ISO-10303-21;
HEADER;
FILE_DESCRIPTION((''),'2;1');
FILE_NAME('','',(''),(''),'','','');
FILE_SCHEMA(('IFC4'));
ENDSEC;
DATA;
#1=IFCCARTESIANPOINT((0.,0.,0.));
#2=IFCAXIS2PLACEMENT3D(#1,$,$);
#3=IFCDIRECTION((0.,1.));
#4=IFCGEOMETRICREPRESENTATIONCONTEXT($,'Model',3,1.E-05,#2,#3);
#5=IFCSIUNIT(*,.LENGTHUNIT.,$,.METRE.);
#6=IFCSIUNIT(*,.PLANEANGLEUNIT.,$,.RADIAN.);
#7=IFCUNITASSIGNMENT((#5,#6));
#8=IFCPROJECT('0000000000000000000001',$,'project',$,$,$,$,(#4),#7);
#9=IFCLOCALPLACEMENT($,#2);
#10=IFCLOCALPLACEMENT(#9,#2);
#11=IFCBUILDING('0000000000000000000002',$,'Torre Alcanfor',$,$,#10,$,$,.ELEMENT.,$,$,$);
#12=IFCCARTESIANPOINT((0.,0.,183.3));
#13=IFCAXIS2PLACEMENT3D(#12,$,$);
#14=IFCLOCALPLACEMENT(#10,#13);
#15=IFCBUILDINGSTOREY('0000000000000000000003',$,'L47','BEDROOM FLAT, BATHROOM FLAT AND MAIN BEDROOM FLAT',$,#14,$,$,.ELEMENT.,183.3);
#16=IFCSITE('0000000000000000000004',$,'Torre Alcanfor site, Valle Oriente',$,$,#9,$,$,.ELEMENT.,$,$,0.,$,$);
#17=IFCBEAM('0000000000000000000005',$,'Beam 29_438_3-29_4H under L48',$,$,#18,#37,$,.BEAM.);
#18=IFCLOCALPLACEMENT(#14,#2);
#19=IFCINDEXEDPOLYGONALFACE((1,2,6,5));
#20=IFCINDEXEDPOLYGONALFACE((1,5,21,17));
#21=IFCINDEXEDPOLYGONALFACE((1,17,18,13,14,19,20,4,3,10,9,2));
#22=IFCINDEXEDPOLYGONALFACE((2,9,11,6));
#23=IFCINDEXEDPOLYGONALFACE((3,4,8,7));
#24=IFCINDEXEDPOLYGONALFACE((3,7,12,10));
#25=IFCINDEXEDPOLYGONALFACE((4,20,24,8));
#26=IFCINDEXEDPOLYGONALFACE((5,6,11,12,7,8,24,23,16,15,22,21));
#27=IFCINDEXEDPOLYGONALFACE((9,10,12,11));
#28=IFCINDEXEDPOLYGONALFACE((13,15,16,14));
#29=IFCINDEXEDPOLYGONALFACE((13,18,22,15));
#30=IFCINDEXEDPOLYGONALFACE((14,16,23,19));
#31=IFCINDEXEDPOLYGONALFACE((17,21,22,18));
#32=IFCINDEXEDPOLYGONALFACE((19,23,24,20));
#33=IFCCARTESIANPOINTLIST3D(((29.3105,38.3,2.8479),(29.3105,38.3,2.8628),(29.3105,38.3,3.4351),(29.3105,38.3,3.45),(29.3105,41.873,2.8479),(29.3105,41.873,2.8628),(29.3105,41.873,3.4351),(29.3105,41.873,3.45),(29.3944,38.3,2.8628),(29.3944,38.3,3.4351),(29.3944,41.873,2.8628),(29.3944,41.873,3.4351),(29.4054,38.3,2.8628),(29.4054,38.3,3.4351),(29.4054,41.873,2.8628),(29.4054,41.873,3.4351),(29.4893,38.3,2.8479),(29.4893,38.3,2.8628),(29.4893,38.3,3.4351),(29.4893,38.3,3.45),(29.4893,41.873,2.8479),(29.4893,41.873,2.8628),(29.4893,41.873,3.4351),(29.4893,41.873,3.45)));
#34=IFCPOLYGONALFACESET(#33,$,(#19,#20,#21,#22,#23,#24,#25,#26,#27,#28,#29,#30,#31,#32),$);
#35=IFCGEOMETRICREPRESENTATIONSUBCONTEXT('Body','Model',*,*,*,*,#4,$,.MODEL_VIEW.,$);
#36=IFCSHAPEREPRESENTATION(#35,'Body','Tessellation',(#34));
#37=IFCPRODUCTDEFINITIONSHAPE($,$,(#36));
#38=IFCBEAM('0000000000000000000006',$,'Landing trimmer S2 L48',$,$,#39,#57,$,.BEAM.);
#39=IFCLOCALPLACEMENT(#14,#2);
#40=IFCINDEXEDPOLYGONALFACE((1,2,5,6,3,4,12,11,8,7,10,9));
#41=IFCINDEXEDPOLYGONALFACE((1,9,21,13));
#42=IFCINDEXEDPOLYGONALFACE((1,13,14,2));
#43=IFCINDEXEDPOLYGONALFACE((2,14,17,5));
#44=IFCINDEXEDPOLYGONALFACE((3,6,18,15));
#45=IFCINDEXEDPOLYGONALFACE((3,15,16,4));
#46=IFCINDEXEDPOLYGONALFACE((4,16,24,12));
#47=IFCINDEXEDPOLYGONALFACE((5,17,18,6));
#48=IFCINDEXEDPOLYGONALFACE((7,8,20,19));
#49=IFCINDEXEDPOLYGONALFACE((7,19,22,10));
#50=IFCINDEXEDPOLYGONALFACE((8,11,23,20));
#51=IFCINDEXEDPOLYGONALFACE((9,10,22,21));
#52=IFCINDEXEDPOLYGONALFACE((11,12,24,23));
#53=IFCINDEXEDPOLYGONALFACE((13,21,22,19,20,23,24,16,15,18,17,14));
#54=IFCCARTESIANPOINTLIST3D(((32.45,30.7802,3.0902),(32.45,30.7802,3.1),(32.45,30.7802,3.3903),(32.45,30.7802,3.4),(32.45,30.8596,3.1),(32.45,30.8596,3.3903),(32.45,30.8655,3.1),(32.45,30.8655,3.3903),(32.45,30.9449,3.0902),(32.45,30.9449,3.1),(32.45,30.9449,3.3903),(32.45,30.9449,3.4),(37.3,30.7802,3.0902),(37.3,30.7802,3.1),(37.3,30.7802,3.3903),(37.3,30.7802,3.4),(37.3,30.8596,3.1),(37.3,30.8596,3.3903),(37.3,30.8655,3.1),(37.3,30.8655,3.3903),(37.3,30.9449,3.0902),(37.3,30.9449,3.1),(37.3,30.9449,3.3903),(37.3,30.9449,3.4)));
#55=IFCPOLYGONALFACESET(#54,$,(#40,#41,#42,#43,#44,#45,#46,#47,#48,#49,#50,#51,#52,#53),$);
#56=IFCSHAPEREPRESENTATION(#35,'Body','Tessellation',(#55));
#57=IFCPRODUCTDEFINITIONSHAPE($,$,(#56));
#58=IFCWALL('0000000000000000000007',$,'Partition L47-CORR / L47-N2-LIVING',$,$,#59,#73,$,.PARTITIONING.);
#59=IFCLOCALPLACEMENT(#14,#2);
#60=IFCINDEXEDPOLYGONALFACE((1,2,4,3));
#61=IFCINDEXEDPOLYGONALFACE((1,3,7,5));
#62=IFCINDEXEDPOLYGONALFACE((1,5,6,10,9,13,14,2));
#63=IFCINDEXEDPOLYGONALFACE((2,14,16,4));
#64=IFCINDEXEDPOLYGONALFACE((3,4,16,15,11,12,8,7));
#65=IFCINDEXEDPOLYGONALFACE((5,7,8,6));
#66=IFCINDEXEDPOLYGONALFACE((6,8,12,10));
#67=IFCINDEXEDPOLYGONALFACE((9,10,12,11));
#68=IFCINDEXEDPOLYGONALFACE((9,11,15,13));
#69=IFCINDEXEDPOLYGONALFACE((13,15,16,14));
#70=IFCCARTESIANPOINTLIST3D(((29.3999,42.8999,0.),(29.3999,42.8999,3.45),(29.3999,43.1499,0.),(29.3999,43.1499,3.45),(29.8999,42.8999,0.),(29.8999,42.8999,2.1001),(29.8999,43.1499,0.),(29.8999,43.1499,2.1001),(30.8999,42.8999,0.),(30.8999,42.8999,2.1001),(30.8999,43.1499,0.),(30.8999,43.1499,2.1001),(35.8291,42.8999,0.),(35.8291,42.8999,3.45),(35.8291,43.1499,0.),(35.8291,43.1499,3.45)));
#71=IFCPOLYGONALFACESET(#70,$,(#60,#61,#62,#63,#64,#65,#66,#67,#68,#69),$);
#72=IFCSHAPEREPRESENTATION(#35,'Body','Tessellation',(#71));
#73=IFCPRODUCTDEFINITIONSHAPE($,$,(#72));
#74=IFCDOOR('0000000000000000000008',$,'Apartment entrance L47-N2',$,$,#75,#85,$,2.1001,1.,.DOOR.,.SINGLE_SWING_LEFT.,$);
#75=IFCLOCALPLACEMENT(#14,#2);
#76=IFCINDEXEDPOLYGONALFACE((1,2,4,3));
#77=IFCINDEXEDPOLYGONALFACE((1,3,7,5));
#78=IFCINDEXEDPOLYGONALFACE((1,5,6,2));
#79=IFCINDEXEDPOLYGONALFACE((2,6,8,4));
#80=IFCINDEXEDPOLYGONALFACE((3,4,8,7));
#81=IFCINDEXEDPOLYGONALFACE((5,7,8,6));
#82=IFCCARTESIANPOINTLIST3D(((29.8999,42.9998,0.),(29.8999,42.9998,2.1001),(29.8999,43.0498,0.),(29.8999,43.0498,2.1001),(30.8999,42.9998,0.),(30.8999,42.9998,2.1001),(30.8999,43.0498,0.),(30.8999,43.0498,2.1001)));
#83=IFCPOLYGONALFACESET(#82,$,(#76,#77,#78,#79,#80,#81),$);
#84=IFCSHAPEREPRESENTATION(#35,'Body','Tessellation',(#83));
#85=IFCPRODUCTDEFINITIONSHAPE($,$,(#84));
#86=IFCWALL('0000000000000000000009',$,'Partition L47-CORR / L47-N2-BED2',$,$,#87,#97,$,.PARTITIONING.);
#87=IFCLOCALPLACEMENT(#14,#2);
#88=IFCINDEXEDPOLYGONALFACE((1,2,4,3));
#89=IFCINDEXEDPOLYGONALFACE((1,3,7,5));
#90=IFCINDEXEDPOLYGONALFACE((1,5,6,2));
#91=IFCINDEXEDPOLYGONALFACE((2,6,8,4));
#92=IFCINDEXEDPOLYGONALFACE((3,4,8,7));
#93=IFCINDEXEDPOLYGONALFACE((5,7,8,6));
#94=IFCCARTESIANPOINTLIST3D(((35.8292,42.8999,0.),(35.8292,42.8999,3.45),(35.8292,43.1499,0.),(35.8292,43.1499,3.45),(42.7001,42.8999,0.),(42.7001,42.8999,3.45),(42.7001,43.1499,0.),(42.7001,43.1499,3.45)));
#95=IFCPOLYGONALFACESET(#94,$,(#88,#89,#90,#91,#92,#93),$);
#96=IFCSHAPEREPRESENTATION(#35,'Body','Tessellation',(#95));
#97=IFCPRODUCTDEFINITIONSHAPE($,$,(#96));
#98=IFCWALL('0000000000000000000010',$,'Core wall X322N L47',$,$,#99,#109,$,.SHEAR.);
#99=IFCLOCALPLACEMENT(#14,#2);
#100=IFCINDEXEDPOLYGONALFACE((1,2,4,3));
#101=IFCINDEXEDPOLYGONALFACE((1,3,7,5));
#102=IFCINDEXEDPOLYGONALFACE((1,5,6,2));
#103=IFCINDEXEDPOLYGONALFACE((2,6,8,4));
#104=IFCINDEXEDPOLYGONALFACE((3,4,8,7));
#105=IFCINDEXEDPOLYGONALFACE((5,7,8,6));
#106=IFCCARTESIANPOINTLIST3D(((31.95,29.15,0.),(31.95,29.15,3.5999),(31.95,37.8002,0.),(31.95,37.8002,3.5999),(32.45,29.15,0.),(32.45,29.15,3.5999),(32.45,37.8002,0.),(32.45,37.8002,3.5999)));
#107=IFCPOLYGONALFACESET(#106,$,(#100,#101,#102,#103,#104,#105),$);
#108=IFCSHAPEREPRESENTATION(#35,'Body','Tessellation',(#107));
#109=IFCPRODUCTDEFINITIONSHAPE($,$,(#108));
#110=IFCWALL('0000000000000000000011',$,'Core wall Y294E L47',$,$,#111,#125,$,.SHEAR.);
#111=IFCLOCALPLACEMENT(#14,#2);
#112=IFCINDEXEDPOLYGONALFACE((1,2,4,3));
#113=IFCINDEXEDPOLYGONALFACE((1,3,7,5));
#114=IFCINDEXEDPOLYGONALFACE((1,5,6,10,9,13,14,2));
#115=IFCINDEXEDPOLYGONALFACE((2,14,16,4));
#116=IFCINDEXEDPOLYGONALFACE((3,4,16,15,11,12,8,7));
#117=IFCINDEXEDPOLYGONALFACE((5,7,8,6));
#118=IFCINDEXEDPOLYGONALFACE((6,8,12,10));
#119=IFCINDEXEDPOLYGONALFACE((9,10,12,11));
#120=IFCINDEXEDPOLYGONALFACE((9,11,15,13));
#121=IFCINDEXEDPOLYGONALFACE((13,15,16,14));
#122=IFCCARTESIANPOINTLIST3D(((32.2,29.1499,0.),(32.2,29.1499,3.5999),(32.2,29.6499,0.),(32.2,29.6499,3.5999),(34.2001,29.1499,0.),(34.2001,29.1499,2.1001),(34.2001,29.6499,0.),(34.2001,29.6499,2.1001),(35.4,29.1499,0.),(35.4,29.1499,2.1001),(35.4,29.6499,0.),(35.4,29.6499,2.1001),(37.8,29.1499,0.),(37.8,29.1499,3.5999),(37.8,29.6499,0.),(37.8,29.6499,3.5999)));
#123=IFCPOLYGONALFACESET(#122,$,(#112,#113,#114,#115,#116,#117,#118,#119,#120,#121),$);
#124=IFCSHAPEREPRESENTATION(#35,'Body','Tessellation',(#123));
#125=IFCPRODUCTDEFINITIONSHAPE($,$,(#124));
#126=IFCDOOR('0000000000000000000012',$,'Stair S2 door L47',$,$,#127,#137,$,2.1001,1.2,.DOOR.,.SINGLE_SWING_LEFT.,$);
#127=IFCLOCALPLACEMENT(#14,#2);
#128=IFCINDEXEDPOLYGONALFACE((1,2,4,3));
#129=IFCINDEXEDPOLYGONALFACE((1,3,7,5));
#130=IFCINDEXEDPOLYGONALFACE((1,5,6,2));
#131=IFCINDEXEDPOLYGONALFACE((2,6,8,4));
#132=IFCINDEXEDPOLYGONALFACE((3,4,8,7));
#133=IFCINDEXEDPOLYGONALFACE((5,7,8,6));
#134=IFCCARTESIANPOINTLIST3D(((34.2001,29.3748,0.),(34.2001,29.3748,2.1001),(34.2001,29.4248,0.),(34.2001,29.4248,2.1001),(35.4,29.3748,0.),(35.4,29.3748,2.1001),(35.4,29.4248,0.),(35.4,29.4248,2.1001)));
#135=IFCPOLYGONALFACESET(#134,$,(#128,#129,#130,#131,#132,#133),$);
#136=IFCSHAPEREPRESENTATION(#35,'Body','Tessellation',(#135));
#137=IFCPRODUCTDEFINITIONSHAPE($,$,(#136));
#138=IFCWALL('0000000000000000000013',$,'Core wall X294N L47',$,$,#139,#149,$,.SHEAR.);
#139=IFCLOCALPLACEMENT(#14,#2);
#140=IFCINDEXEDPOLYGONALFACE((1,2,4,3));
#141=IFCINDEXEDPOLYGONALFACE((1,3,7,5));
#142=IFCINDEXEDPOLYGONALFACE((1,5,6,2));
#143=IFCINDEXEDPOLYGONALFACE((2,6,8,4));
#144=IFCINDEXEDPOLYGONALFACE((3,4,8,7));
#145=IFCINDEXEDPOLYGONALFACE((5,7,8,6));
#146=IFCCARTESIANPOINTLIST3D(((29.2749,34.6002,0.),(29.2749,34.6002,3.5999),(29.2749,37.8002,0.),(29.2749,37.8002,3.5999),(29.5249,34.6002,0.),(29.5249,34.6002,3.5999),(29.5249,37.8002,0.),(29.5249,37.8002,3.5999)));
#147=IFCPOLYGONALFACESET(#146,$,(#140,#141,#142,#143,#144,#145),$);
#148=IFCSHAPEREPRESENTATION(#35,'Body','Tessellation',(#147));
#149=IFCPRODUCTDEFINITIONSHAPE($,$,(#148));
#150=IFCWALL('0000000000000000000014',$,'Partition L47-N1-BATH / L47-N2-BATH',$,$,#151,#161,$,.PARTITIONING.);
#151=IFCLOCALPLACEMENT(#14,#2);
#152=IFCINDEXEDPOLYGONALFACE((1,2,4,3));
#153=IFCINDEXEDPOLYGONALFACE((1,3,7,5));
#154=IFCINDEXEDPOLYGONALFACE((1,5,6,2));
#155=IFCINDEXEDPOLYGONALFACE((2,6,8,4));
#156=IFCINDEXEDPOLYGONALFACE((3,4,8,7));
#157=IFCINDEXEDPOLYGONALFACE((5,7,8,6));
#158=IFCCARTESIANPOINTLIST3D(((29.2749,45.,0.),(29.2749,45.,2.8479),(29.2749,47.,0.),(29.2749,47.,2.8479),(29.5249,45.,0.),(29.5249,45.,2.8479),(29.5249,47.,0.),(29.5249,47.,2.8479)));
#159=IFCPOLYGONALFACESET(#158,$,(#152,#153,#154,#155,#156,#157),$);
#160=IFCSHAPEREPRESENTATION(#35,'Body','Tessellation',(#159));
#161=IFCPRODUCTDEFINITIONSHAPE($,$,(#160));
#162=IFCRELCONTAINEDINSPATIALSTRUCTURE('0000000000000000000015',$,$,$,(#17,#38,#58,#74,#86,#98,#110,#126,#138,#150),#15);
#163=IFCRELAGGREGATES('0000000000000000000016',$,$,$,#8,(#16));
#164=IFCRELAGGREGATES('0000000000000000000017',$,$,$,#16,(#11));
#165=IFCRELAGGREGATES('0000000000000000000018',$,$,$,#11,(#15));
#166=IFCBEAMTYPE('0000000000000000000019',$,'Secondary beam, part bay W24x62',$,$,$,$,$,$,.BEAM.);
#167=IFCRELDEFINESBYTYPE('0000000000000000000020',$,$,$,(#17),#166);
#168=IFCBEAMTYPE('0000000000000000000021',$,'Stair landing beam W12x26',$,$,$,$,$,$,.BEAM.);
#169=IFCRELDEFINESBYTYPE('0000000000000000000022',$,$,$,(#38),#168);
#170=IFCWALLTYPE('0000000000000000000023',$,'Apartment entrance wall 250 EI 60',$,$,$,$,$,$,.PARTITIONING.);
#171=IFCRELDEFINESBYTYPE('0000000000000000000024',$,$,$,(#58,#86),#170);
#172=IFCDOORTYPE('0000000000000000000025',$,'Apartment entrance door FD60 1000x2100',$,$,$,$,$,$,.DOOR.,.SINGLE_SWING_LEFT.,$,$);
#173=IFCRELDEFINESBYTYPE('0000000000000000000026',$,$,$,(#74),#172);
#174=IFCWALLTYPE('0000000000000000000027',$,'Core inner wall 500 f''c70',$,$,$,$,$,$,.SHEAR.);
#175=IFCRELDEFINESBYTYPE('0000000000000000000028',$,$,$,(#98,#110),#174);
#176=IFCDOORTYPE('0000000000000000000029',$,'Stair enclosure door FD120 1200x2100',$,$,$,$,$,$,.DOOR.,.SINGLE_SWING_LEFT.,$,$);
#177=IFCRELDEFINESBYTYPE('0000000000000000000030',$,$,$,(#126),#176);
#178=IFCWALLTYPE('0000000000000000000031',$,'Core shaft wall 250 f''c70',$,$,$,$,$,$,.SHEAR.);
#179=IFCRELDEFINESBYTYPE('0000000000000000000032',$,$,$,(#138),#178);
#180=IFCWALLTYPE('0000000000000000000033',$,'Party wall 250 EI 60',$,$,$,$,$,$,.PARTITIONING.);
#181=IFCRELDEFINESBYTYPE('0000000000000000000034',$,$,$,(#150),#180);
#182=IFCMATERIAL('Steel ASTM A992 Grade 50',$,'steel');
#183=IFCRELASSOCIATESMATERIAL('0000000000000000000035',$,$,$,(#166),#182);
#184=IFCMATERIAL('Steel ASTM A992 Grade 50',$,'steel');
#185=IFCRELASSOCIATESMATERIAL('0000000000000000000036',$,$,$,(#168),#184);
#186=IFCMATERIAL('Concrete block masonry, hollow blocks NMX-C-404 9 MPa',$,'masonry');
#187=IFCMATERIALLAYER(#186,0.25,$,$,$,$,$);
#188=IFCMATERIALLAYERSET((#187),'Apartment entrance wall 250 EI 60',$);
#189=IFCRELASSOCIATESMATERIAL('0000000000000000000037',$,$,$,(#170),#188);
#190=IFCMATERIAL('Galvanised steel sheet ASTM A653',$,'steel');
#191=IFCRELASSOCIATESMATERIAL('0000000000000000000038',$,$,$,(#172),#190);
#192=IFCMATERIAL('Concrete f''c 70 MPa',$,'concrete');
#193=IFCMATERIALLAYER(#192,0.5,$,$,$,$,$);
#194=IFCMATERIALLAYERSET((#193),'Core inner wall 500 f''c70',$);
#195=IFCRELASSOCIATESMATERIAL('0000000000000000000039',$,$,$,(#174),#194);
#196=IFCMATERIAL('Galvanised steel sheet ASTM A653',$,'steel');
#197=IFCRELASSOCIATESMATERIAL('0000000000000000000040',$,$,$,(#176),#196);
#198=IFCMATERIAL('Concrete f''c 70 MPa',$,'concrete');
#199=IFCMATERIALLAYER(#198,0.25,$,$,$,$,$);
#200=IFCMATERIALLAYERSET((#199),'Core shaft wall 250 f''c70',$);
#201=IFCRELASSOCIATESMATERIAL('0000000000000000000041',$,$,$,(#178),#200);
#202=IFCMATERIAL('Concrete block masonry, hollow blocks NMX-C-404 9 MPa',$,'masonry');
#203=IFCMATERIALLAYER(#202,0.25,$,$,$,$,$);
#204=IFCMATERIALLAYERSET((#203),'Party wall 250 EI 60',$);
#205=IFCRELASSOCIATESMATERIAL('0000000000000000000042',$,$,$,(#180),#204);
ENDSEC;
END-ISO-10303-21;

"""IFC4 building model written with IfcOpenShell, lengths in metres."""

from ifc_helpers import new_model, si_unit, direction, frame, frame_2d, origin, origin_2d, place, context, subcontext, project, spatial, rectangle, i_section, extrude, material, layer, layer_set, material_profile, profile_set, type_object, element, fill, save


model = new_model("IFC4")

# Units and contexts
model_context = context("Model", 3, precision=1e-05, world=origin(), true_north=direction((0.0, 1.0)))
body_context = subcontext(model_context, "Body", "Model", "MODEL_VIEW")
ifc_project = project(units=[si_unit("LENGTHUNIT", "METRE"), si_unit("PLANEANGLEUNIT", "RADIAN")], contexts=[model_context])

# Site, building, storey
site_placement = place(None, origin())
site = spatial("IfcSite", under=ifc_project, at=site_placement, Name="Torre Alcanfor site, Valle Oriente", CompositionType="ELEMENT", RefElevation=0.0)
building_placement = place(site_placement, origin())
building = spatial("IfcBuilding", under=site, at=building_placement, Name="Torre Alcanfor", CompositionType="ELEMENT")
storey_placement = place(building_placement, frame((0.0, 0.0, 183.3)))
storey = spatial("IfcBuildingStorey", under=building, at=storey_placement, Name="L47", Description="BEDROOM FLAT, BATHROOM FLAT AND MAIN BEDROOM FLAT", CompositionType="ELEMENT", Elevation=183.3)

# Beams
ifc_material_1 = material(Name="Steel ASTM A992 Grade 50", Category="steel")
ifc_material_profile_1 = material_profile(ifc_material_1, i_section(OverallWidth=0.1787, OverallDepth=0.6021, WebThickness=0.011, FlangeThickness=0.0149, at=origin_2d()), Name="W24x62")
ifc_profile_set_1 = profile_set([ifc_material_profile_1], Name="Steel ASTM A992 Grade 50")
beam_type_1 = type_object("IfcBeamType", Name="Secondary beam, part bay W24x62", PredefinedType="BEAM", material=ifc_profile_set_1)
beam_1_placement = place(storey_placement, frame((29.3999, 38.3, 3.1489), z_axis=(0.0, 1.0, 0.0), x_axis=(-1.0, 0.0, 0.0)))
element("IfcBeam", 1, at=beam_1_placement, inside=storey, type_object=beam_type_1, Name="Beam 29_438_3-29_4H under L48", PredefinedType="BEAM", context=body_context, shape_type="SweptSolid", body=[
    extrude(i_section(OverallWidth=0.1787, OverallDepth=0.6021, WebThickness=0.011, FlangeThickness=0.0149, at=origin_2d()), origin(), (0.0, 0.0, 1.0), 3.573),
])
ifc_material_2 = material(Name="Steel ASTM A992 Grade 50", Category="steel")
ifc_material_profile_2 = material_profile(ifc_material_2, i_section(OverallWidth=0.1648, OverallDepth=0.3098, WebThickness=0.0059, FlangeThickness=0.0098, at=origin_2d()), Name="W12x26")
ifc_profile_set_2 = profile_set([ifc_material_profile_2], Name="Steel ASTM A992 Grade 50")
beam_type_2 = type_object("IfcBeamType", Name="Stair landing beam W12x26", PredefinedType="BEAM", material=ifc_profile_set_2)
beam_2_placement = place(storey_placement, frame((32.45, 30.8625, 3.2451), z_axis=(1.0, 0.0, 0.0), x_axis=(0.0, 1.0, 0.0)))
element("IfcBeam", 2, at=beam_2_placement, inside=storey, type_object=beam_type_2, Name="Landing trimmer S2 L48", PredefinedType="BEAM", context=body_context, shape_type="SweptSolid", body=[
    extrude(i_section(OverallWidth=0.1648, OverallDepth=0.3098, WebThickness=0.0059, FlangeThickness=0.0098, at=origin_2d()), origin(), (0.0, 0.0, 1.0), 4.8501),
])

# Wall, opening, door
ifc_material_3 = material(Name="Concrete block masonry, hollow blocks NMX-C-404 9 MPa", Category="masonry")
ifc_layer_1 = layer(ifc_material_3, 0.25)
ifc_layer_set_1 = layer_set([ifc_layer_1], Name="Apartment entrance wall 250 EI 60")
wall_type_1 = type_object("IfcWallType", Name="Apartment entrance wall 250 EI 60", PredefinedType="PARTITIONING", material=ifc_layer_set_1)
wall_1_placement = place(storey_placement, frame((29.3999, 43.0249, 0.0), z_axis=(0.0, 0.0, 1.0), x_axis=(1.0, 0.0, 0.0)))
wall_1 = element("IfcWall", 3, at=wall_1_placement, inside=storey, type_object=wall_type_1, Name="Partition L47-CORR / L47-N2-LIVING", PredefinedType="PARTITIONING", context=body_context, shape_type="SweptSolid", body=[
    extrude(rectangle(XDim=6.4292, YDim=0.25, at=frame_2d((3.2146, 0.0))), origin(), (0.0, 0.0, 1.0), 3.45),
])
opening_1_placement = place(wall_1_placement, frame((0.5, 0.0, 0.0)))
opening_1 = element("IfcOpeningElement", 4, at=opening_1_placement, cuts=wall_1, PredefinedType="OPENING", context=body_context, shape_type="SweptSolid", body=[
    extrude(rectangle(XDim=1.0, YDim=2.1001, at=frame_2d((0.5, 1.05))), frame((0.0, 0.135, 0.0), z_axis=(0.0, -1.0, 0.0), x_axis=(1.0, 0.0, 0.0)), (0.0, 0.0, 1.0), 0.27),
])
ifc_material_4 = material(Name="Galvanised steel sheet ASTM A653", Category="steel")
door_type_1 = type_object("IfcDoorType", Name="Apartment entrance door FD60 1000x2100", OperationType="SINGLE_SWING_LEFT", PredefinedType="DOOR", material=ifc_material_4)
door_1_placement = place(opening_1_placement, origin())
door_1 = element("IfcDoor", 5, at=door_1_placement, inside=storey, type_object=door_type_1, Name="Apartment entrance L47-N2", OperationType="SINGLE_SWING_LEFT", OverallHeight=2.1001, OverallWidth=1.0, PredefinedType="DOOR", context=body_context, shape_type="SweptSolid", body=[
    extrude(rectangle(XDim=1.0, YDim=2.1001, at=frame_2d((0.5, 1.05))), frame((0.0, 0.0249, 0.0), z_axis=(0.0, -1.0, 0.0), x_axis=(1.0, 0.0, 0.0)), (0.0, 0.0, 1.0), 0.05),
])
fill(opening_1, door_1)

# Walls
wall_2_placement = place(storey_placement, frame((35.8291, 43.0249, 0.0), z_axis=(0.0, 0.0, 1.0), x_axis=(1.0, 0.0, 0.0)))
element("IfcWall", 6, at=wall_2_placement, inside=storey, type_object=wall_type_1, Name="Partition L47-CORR / L47-N2-BED2", PredefinedType="PARTITIONING", context=body_context, shape_type="SweptSolid", body=[
    extrude(rectangle(XDim=6.8708, YDim=0.25, at=frame_2d((3.4355, 0.0))), origin(), (0.0, 0.0, 1.0), 3.45),
])
ifc_material_5 = material(Name="Concrete f'c 70 MPa", Category="concrete")
ifc_layer_2 = layer(ifc_material_5, 0.5)
ifc_layer_set_2 = layer_set([ifc_layer_2], Name="Core inner wall 500 f'c70")
wall_type_2 = type_object("IfcWallType", Name="Core inner wall 500 f'c70", PredefinedType="SHEAR", material=ifc_layer_set_2)
wall_3_placement = place(storey_placement, frame((32.2, 29.1499, 0.0), z_axis=(0.0, 0.0, 1.0), x_axis=(0.0, 1.0, 0.0)))
element("IfcWall", 7, at=wall_3_placement, inside=storey, type_object=wall_type_2, Name="Core wall X322N L47", PredefinedType="SHEAR", context=body_context, shape_type="SweptSolid", body=[
    extrude(rectangle(XDim=8.6501, YDim=0.5, at=frame_2d((4.3252, 0.0))), origin(), (0.0, 0.0, 1.0), 3.5999),
])

# Wall, opening, door
wall_4_placement = place(storey_placement, frame((32.2, 29.3999, 0.0), z_axis=(0.0, 0.0, 1.0), x_axis=(1.0, 0.0, 0.0)))
wall_4 = element("IfcWall", 8, at=wall_4_placement, inside=storey, type_object=wall_type_2, Name="Core wall Y294E L47", PredefinedType="SHEAR", context=body_context, shape_type="SweptSolid", body=[
    extrude(rectangle(XDim=5.6001, YDim=0.5, at=frame_2d((2.8, 0.0))), origin(), (0.0, 0.0, 1.0), 3.5999),
])
opening_2_placement = place(wall_4_placement, frame((2.0, 0.0, 0.0)))
opening_2 = element("IfcOpeningElement", 9, at=opening_2_placement, cuts=wall_4, PredefinedType="OPENING", context=body_context, shape_type="SweptSolid", body=[
    extrude(rectangle(XDim=1.2, YDim=2.1001, at=frame_2d((0.6001, 1.05))), frame((0.0, 0.26, 0.0), z_axis=(0.0, -1.0, 0.0), x_axis=(1.0, 0.0, 0.0)), (0.0, 0.0, 1.0), 0.52),
])
ifc_material_6 = material(Name="Galvanised steel sheet ASTM A653", Category="steel")
door_type_2 = type_object("IfcDoorType", Name="Stair enclosure door FD120 1200x2100", OperationType="SINGLE_SWING_LEFT", PredefinedType="DOOR", material=ifc_material_6)
door_2_placement = place(opening_2_placement, origin())
door_2 = element("IfcDoor", 10, at=door_2_placement, inside=storey, type_object=door_type_2, Name="Stair S2 door L47", OperationType="SINGLE_SWING_LEFT", OverallHeight=2.1001, OverallWidth=1.2, PredefinedType="DOOR", context=body_context, shape_type="SweptSolid", body=[
    extrude(rectangle(XDim=1.2, YDim=2.1001, at=frame_2d((0.6001, 1.05))), frame((0.0, 0.0249, 0.0), z_axis=(0.0, -1.0, 0.0), x_axis=(1.0, 0.0, 0.0)), (0.0, 0.0, 1.0), 0.05),
])
fill(opening_2, door_2)

# Walls
ifc_material_7 = material(Name="Concrete f'c 70 MPa", Category="concrete")
ifc_layer_3 = layer(ifc_material_7, 0.25)
ifc_layer_set_3 = layer_set([ifc_layer_3], Name="Core shaft wall 250 f'c70")
wall_type_3 = type_object("IfcWallType", Name="Core shaft wall 250 f'c70", PredefinedType="SHEAR", material=ifc_layer_set_3)
wall_5_placement = place(storey_placement, frame((29.3999, 34.6001, 0.0), z_axis=(0.0, 0.0, 1.0), x_axis=(0.0, 1.0, 0.0)))
element("IfcWall", 11, at=wall_5_placement, inside=storey, type_object=wall_type_3, Name="Core wall X294N L47", PredefinedType="SHEAR", context=body_context, shape_type="SweptSolid", body=[
    extrude(rectangle(XDim=3.2, YDim=0.25, at=frame_2d((1.6001, 0.0))), origin(), (0.0, 0.0, 1.0), 3.5999),
])
ifc_material_8 = material(Name="Concrete block masonry, hollow blocks NMX-C-404 9 MPa", Category="masonry")
ifc_layer_4 = layer(ifc_material_8, 0.25)
ifc_layer_set_4 = layer_set([ifc_layer_4], Name="Party wall 250 EI 60")
wall_type_4 = type_object("IfcWallType", Name="Party wall 250 EI 60", PredefinedType="PARTITIONING", material=ifc_layer_set_4)
wall_6_placement = place(storey_placement, frame((29.3999, 45.0, 0.0), z_axis=(0.0, 0.0, 1.0), x_axis=(0.0, 1.0, 0.0)))
element("IfcWall", 12, at=wall_6_placement, inside=storey, type_object=wall_type_4, Name="Partition L47-N1-BATH / L47-N2-BATH", PredefinedType="PARTITIONING", context=body_context, shape_type="SweptSolid", body=[
    extrude(rectangle(XDim=2.0, YDim=0.25, at=frame_2d((1.0, 0.0))), origin(), (0.0, 0.0, 1.0), 2.8479),
])

save(model, "model.ifc")
